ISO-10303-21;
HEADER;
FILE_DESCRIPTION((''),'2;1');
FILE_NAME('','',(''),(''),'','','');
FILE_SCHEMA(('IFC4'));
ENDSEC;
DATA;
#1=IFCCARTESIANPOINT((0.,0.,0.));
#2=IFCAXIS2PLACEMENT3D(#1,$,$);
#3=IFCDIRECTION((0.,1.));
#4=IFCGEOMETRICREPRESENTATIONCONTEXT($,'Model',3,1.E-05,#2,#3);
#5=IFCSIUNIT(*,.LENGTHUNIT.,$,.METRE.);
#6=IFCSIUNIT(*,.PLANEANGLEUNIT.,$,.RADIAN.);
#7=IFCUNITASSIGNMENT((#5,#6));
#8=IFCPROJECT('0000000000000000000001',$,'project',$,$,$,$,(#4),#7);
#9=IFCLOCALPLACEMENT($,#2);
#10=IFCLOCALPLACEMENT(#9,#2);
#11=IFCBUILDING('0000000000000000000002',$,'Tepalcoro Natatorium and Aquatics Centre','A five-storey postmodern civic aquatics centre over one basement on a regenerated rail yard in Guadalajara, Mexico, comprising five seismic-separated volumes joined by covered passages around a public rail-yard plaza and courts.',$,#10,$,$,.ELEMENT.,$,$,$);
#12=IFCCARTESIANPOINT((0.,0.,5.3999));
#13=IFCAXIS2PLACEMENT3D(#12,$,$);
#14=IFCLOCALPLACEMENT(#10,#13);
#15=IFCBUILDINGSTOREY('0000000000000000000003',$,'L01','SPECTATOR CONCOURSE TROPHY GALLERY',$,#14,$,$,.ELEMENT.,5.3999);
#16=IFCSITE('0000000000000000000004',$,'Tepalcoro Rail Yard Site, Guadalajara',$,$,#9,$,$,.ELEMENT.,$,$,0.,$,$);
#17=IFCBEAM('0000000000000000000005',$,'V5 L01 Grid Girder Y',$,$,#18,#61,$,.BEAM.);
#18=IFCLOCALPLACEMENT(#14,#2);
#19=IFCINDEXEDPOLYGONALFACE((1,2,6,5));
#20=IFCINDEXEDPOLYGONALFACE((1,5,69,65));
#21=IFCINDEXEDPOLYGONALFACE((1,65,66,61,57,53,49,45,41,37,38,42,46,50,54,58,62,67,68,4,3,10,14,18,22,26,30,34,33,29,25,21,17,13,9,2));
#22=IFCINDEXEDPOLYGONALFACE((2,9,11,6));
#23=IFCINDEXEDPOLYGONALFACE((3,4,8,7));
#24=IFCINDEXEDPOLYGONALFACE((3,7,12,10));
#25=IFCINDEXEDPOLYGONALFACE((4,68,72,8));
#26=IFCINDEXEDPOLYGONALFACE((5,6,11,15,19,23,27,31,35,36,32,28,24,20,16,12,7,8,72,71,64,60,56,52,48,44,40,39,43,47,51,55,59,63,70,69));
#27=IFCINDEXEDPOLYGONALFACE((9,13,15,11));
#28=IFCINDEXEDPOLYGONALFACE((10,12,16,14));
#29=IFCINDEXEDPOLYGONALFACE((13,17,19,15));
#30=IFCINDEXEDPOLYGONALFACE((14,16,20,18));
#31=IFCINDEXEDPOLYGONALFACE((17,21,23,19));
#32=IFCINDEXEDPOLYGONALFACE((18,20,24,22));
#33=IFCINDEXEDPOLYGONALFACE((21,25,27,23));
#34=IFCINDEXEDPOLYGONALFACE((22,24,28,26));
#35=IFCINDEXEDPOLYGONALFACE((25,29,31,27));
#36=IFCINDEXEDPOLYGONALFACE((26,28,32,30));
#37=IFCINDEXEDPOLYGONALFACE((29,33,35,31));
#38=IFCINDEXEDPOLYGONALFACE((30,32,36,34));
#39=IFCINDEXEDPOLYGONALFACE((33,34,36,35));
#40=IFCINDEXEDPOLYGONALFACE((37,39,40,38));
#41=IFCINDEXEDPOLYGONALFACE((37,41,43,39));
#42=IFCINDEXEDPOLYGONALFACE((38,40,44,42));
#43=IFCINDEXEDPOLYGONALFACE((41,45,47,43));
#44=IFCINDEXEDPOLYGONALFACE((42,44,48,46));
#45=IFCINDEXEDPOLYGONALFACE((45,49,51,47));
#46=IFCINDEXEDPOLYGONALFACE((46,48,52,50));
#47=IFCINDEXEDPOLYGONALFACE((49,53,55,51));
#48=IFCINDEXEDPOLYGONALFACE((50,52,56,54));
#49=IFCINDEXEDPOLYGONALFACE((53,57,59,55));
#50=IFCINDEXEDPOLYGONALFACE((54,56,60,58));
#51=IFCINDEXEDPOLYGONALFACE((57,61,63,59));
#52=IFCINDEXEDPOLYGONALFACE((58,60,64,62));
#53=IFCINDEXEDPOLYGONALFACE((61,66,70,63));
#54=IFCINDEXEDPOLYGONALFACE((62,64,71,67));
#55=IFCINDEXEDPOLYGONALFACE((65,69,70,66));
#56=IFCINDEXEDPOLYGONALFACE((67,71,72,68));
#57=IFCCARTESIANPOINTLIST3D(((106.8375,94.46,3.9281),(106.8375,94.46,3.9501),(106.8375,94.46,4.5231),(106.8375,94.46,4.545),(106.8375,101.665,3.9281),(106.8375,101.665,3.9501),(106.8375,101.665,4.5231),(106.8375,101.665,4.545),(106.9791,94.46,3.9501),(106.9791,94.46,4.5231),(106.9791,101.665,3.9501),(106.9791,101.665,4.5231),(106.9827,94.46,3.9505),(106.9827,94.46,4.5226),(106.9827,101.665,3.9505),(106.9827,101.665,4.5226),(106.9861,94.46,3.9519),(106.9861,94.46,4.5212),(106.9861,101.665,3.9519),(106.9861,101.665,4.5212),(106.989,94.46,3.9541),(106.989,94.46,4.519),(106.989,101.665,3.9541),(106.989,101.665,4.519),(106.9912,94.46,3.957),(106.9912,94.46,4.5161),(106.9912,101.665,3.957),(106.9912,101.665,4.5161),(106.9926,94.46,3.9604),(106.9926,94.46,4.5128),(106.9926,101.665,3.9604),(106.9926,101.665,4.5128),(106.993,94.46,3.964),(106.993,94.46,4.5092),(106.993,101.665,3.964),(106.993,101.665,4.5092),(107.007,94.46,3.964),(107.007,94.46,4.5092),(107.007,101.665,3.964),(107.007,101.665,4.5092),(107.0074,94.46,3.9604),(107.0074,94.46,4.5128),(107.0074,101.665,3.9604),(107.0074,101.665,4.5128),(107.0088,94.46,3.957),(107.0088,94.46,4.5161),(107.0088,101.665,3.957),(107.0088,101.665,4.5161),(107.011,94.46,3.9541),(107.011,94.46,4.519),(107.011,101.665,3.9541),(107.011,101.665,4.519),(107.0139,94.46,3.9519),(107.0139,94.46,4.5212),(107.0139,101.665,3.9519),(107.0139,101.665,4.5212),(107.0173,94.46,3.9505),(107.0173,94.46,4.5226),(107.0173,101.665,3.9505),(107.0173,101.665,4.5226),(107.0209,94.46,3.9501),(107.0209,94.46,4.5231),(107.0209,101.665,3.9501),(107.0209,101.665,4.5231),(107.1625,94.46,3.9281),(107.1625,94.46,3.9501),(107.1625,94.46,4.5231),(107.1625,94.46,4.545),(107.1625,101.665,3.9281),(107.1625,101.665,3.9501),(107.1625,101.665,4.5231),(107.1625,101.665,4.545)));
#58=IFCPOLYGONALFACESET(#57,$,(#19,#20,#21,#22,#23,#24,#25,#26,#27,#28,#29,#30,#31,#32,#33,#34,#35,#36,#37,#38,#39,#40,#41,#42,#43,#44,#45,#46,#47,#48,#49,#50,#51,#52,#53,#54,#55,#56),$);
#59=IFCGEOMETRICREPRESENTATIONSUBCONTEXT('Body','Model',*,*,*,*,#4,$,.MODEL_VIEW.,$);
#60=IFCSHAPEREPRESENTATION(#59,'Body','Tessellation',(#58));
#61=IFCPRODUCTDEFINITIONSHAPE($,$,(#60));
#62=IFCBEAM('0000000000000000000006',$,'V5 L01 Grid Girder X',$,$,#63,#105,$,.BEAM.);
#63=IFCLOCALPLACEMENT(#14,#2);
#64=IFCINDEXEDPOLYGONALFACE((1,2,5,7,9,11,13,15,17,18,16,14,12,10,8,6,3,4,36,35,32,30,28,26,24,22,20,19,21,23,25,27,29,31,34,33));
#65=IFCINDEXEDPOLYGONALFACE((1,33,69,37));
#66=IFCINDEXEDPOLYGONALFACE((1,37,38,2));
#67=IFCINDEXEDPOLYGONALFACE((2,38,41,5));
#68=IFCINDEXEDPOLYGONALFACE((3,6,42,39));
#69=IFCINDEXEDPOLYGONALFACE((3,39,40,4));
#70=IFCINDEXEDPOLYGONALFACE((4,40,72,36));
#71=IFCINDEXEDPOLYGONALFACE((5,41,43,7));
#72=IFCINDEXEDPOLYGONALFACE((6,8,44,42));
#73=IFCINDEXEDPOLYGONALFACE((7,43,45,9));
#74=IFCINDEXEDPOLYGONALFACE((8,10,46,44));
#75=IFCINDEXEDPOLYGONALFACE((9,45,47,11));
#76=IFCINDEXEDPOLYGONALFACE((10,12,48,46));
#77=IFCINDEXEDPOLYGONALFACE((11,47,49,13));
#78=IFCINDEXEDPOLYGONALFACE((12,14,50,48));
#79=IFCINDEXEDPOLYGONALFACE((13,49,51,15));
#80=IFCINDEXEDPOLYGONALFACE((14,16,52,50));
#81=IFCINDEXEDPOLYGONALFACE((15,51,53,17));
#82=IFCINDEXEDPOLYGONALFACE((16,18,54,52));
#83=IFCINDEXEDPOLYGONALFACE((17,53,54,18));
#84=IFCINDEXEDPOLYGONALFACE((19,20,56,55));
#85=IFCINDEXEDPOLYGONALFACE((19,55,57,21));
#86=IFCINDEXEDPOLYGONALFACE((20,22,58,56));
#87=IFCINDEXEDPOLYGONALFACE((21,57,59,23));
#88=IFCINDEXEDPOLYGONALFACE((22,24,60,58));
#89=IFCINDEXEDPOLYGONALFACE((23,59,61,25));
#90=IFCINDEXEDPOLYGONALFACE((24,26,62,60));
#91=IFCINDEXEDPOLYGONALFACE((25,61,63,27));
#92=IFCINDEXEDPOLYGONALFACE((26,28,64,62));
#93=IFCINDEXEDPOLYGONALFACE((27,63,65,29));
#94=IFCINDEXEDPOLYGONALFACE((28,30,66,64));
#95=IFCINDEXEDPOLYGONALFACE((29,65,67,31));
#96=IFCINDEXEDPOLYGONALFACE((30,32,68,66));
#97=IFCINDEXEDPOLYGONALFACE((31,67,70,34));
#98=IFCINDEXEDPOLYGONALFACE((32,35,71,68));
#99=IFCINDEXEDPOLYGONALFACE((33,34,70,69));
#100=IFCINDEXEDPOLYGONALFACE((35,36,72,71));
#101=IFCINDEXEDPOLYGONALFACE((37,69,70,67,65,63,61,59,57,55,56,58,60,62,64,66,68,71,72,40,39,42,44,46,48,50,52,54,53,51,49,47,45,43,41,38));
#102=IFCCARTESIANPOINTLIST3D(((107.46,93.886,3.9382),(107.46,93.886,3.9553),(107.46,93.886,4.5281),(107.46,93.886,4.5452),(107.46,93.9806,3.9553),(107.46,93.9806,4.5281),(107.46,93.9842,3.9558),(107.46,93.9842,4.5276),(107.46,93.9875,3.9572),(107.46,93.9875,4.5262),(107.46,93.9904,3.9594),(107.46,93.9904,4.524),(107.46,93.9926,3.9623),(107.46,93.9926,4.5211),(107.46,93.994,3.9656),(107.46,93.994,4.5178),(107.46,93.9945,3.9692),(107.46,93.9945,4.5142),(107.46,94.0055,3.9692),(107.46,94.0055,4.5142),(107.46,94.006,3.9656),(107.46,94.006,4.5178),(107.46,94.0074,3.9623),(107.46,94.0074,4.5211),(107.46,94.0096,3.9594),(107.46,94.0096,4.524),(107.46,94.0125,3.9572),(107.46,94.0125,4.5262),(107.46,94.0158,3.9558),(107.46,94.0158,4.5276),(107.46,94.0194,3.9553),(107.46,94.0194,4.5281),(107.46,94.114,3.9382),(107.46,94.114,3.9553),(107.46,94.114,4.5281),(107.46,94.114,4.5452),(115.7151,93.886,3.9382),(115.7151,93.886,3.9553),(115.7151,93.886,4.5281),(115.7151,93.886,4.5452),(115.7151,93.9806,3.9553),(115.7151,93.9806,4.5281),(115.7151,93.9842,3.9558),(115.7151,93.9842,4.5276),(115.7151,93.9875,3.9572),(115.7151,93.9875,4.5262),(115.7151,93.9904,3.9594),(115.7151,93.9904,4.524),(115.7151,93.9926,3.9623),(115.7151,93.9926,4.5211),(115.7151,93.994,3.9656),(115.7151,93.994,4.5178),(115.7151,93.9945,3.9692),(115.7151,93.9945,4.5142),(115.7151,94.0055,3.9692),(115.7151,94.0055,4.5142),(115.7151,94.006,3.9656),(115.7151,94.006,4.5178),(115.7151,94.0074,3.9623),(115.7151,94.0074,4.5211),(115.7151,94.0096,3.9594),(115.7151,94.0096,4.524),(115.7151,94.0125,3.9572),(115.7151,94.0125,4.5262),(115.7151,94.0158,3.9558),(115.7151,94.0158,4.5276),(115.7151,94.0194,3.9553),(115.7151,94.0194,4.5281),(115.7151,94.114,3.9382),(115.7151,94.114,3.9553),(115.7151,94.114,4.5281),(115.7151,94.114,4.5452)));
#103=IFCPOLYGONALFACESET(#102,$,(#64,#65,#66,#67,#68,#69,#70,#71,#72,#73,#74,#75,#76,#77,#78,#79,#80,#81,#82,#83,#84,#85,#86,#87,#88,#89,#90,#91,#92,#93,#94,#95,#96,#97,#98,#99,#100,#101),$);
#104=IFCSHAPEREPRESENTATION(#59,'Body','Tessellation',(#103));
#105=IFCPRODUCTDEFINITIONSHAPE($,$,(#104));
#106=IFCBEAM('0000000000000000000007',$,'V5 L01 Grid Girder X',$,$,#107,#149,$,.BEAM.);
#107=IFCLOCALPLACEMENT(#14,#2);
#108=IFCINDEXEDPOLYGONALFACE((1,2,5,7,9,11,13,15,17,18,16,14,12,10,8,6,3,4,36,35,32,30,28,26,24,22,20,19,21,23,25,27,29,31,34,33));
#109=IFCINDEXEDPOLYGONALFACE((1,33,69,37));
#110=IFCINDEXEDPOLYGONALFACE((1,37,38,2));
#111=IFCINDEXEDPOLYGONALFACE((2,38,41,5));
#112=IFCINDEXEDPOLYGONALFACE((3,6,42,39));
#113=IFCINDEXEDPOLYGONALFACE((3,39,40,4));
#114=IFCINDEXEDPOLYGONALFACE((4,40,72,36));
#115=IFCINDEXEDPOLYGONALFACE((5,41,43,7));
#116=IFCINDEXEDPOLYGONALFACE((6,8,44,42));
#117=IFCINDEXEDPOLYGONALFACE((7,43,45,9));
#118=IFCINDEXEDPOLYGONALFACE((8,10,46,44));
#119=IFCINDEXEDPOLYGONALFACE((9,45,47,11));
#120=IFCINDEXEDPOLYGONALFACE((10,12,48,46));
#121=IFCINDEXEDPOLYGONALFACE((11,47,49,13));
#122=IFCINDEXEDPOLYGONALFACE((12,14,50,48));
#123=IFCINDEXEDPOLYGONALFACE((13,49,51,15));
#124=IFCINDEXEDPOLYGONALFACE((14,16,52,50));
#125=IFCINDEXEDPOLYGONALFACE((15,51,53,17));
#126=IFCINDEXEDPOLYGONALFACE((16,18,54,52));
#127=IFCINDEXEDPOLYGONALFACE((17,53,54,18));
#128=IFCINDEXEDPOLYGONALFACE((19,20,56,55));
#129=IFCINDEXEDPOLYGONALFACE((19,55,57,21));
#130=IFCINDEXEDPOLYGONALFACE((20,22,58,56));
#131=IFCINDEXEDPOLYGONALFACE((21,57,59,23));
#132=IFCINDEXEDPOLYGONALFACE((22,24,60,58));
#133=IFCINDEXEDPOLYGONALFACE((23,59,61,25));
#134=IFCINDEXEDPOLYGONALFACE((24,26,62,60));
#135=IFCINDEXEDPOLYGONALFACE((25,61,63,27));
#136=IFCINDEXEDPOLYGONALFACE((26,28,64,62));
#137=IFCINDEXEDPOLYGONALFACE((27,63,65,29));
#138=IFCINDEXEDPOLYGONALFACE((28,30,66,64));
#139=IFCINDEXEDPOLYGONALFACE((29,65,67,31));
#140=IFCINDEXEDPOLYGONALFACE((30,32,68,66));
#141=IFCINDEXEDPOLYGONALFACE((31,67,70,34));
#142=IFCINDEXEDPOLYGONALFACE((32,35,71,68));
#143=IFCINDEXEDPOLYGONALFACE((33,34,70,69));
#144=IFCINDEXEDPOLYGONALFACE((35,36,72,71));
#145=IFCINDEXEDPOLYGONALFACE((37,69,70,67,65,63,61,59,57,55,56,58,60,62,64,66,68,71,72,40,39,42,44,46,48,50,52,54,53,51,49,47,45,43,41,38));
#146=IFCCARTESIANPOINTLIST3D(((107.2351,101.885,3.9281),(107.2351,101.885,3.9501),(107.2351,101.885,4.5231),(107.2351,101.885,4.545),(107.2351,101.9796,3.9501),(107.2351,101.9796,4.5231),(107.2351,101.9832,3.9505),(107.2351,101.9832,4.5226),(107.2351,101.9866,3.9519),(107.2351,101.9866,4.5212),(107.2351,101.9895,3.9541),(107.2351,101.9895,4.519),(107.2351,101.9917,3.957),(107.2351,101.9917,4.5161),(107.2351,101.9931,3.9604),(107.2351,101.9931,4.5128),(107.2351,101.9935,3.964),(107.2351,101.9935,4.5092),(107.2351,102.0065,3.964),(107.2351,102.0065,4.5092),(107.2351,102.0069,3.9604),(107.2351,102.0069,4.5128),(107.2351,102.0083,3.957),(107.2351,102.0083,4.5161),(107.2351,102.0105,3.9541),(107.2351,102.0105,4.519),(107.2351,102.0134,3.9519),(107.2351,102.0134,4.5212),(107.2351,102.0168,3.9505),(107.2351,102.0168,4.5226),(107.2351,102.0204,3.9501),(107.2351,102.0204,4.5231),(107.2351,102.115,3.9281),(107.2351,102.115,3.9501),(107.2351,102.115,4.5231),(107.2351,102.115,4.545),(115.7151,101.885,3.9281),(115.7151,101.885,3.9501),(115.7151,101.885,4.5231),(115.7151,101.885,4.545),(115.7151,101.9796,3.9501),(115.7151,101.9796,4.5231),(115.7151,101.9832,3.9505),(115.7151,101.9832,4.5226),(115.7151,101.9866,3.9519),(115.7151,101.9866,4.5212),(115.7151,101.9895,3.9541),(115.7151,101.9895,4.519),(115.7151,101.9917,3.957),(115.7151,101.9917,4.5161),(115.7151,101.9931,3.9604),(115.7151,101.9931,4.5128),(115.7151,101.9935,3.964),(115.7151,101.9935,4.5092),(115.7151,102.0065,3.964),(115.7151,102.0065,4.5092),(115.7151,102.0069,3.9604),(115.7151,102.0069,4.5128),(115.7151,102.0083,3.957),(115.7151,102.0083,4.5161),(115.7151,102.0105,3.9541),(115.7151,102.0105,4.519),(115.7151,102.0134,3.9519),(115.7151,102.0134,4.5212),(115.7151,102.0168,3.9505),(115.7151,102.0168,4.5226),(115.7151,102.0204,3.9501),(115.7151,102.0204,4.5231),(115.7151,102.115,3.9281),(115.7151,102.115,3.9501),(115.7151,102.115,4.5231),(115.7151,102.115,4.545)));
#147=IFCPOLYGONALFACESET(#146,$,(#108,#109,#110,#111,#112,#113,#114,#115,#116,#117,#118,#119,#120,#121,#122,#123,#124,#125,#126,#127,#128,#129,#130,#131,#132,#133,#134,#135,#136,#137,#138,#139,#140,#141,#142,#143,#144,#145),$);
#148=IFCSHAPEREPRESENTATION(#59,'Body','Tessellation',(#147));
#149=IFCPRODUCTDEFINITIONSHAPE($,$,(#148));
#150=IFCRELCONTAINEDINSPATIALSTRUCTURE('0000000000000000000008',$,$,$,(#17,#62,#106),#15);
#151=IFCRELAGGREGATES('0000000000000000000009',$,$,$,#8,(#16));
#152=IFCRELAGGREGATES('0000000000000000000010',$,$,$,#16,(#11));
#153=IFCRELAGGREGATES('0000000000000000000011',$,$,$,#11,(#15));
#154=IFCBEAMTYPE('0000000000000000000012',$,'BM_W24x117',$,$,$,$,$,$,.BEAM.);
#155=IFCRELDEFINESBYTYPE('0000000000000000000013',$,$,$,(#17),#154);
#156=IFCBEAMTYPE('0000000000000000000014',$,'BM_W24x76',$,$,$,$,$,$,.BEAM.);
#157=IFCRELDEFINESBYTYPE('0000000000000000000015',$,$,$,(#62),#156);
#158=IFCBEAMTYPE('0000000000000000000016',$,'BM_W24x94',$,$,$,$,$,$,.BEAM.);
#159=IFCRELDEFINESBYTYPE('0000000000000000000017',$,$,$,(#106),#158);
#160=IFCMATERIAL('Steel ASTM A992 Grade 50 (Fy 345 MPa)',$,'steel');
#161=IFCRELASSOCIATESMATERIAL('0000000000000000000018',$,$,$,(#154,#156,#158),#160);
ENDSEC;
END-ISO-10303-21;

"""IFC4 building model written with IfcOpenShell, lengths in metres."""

from ifc_helpers import new_model, si_unit, direction, frame, origin, origin_2d, place, context, subcontext, project, spatial, i_section, extrude, material, material_profile, profile_set, type_object, element, save


model = new_model("IFC4")

# Units and contexts
model_context = context("Model", 3, precision=1e-05, world=origin(), true_north=direction((0.0, 1.0)))
body_context = subcontext(model_context, "Body", "Model", "MODEL_VIEW")
ifc_project = project(units=[si_unit("LENGTHUNIT", "METRE"), si_unit("PLANEANGLEUNIT", "RADIAN")], contexts=[model_context])

# Site, building, storey
site_placement = place(None, origin())
site = spatial("IfcSite", under=ifc_project, at=site_placement, Name="Tepalcoro Rail Yard Site, Guadalajara", CompositionType="ELEMENT", RefElevation=0.0)
building_placement = place(site_placement, origin())
building = spatial("IfcBuilding", under=site, at=building_placement, Name="Tepalcoro Natatorium and Aquatics Centre", Description="A five-storey postmodern civic aquatics centre over one basement on a regenerated rail yard in Guadalajara, Mexico, comprising five seismic-separated volumes joined by covered passages around a public rail-yard plaza and courts.", CompositionType="ELEMENT")
storey_placement = place(building_placement, frame((0.0, 0.0, 5.3999)))
storey = spatial("IfcBuildingStorey", under=building, at=storey_placement, Name="L01", Description="SPECTATOR CONCOURSE TROPHY GALLERY", CompositionType="ELEMENT", Elevation=5.3999)

# Beams
ifc_material_1 = material(Name="Steel ASTM A992 Grade 50 (Fy 345 MPa)", Category="steel")
ifc_material_profile_1 = material_profile(ifc_material_1, i_section(OverallWidth=0.325, OverallDepth=0.6169, WebThickness=0.0139, FlangeThickness=0.022, FilletRadius=0.0139, at=origin_2d()), Name="W24X117")
ifc_profile_set_1 = profile_set([ifc_material_profile_1], Name="Steel ASTM A992 Grade 50 (Fy 345 MPa)")
beam_type_1 = type_object("IfcBeamType", Name="BM_W24x117", PredefinedType="BEAM", material=ifc_profile_set_1)
beam_1_placement = place(storey_placement, frame((107.0, 94.46, 4.2366), z_axis=(0.0, 1.0, 0.0), x_axis=(-1.0, 0.0, 0.0)))
element("IfcBeam", 1, at=beam_1_placement, inside=storey, type_object=beam_type_1, Name="V5 L01 Grid Girder Y", PredefinedType="BEAM", context=body_context, shape_type="SweptSolid", body=[
    extrude(i_section(OverallWidth=0.325, OverallDepth=0.6169, WebThickness=0.0139, FlangeThickness=0.022, FilletRadius=0.0139, at=origin_2d()), origin(), (0.0, 0.0, 1.0), 7.2051),
])
ifc_material_profile_2 = material_profile(ifc_material_1, i_section(OverallWidth=0.228, OverallDepth=0.6069, WebThickness=0.011, FlangeThickness=0.0171, FilletRadius=0.0139, at=origin_2d()), Name="W24X76")
ifc_profile_set_2 = profile_set([ifc_material_profile_2], Name="Steel ASTM A992 Grade 50 (Fy 345 MPa)")
beam_type_2 = type_object("IfcBeamType", Name="BM_W24x76", PredefinedType="BEAM", material=ifc_profile_set_2)
beam_2_placement = place(storey_placement, frame((107.46, 94.0, 4.2417), z_axis=(1.0, 0.0, 0.0), x_axis=(0.0, 1.0, 0.0)))
element("IfcBeam", 2, at=beam_2_placement, inside=storey, type_object=beam_type_2, Name="V5 L01 Grid Girder X", PredefinedType="BEAM", context=body_context, shape_type="SweptSolid", body=[
    extrude(i_section(OverallWidth=0.228, OverallDepth=0.6069, WebThickness=0.011, FlangeThickness=0.0171, FilletRadius=0.0139, at=origin_2d()), origin(), (0.0, 0.0, 1.0), 8.2551),
])
ifc_material_profile_3 = material_profile(ifc_material_1, i_section(OverallWidth=0.23, OverallDepth=0.6169, WebThickness=0.0129, FlangeThickness=0.022, FilletRadius=0.0139, at=origin_2d()), Name="W24X94")
ifc_profile_set_3 = profile_set([ifc_material_profile_3], Name="Steel ASTM A992 Grade 50 (Fy 345 MPa)")
beam_type_3 = type_object("IfcBeamType", Name="BM_W24x94", PredefinedType="BEAM", material=ifc_profile_set_3)
beam_3_placement = place(storey_placement, frame((107.2351, 102.0, 4.2366), z_axis=(1.0, 0.0, 0.0), x_axis=(0.0, 1.0, 0.0)))
element("IfcBeam", 3, at=beam_3_placement, inside=storey, type_object=beam_type_3, Name="V5 L01 Grid Girder X", PredefinedType="BEAM", context=body_context, shape_type="SweptSolid", body=[
    extrude(i_section(OverallWidth=0.23, OverallDepth=0.6169, WebThickness=0.0129, FlangeThickness=0.022, FilletRadius=0.0139, at=origin_2d()), origin(), (0.0, 0.0, 1.0), 8.48),
])

save(model, "model.ifc")
